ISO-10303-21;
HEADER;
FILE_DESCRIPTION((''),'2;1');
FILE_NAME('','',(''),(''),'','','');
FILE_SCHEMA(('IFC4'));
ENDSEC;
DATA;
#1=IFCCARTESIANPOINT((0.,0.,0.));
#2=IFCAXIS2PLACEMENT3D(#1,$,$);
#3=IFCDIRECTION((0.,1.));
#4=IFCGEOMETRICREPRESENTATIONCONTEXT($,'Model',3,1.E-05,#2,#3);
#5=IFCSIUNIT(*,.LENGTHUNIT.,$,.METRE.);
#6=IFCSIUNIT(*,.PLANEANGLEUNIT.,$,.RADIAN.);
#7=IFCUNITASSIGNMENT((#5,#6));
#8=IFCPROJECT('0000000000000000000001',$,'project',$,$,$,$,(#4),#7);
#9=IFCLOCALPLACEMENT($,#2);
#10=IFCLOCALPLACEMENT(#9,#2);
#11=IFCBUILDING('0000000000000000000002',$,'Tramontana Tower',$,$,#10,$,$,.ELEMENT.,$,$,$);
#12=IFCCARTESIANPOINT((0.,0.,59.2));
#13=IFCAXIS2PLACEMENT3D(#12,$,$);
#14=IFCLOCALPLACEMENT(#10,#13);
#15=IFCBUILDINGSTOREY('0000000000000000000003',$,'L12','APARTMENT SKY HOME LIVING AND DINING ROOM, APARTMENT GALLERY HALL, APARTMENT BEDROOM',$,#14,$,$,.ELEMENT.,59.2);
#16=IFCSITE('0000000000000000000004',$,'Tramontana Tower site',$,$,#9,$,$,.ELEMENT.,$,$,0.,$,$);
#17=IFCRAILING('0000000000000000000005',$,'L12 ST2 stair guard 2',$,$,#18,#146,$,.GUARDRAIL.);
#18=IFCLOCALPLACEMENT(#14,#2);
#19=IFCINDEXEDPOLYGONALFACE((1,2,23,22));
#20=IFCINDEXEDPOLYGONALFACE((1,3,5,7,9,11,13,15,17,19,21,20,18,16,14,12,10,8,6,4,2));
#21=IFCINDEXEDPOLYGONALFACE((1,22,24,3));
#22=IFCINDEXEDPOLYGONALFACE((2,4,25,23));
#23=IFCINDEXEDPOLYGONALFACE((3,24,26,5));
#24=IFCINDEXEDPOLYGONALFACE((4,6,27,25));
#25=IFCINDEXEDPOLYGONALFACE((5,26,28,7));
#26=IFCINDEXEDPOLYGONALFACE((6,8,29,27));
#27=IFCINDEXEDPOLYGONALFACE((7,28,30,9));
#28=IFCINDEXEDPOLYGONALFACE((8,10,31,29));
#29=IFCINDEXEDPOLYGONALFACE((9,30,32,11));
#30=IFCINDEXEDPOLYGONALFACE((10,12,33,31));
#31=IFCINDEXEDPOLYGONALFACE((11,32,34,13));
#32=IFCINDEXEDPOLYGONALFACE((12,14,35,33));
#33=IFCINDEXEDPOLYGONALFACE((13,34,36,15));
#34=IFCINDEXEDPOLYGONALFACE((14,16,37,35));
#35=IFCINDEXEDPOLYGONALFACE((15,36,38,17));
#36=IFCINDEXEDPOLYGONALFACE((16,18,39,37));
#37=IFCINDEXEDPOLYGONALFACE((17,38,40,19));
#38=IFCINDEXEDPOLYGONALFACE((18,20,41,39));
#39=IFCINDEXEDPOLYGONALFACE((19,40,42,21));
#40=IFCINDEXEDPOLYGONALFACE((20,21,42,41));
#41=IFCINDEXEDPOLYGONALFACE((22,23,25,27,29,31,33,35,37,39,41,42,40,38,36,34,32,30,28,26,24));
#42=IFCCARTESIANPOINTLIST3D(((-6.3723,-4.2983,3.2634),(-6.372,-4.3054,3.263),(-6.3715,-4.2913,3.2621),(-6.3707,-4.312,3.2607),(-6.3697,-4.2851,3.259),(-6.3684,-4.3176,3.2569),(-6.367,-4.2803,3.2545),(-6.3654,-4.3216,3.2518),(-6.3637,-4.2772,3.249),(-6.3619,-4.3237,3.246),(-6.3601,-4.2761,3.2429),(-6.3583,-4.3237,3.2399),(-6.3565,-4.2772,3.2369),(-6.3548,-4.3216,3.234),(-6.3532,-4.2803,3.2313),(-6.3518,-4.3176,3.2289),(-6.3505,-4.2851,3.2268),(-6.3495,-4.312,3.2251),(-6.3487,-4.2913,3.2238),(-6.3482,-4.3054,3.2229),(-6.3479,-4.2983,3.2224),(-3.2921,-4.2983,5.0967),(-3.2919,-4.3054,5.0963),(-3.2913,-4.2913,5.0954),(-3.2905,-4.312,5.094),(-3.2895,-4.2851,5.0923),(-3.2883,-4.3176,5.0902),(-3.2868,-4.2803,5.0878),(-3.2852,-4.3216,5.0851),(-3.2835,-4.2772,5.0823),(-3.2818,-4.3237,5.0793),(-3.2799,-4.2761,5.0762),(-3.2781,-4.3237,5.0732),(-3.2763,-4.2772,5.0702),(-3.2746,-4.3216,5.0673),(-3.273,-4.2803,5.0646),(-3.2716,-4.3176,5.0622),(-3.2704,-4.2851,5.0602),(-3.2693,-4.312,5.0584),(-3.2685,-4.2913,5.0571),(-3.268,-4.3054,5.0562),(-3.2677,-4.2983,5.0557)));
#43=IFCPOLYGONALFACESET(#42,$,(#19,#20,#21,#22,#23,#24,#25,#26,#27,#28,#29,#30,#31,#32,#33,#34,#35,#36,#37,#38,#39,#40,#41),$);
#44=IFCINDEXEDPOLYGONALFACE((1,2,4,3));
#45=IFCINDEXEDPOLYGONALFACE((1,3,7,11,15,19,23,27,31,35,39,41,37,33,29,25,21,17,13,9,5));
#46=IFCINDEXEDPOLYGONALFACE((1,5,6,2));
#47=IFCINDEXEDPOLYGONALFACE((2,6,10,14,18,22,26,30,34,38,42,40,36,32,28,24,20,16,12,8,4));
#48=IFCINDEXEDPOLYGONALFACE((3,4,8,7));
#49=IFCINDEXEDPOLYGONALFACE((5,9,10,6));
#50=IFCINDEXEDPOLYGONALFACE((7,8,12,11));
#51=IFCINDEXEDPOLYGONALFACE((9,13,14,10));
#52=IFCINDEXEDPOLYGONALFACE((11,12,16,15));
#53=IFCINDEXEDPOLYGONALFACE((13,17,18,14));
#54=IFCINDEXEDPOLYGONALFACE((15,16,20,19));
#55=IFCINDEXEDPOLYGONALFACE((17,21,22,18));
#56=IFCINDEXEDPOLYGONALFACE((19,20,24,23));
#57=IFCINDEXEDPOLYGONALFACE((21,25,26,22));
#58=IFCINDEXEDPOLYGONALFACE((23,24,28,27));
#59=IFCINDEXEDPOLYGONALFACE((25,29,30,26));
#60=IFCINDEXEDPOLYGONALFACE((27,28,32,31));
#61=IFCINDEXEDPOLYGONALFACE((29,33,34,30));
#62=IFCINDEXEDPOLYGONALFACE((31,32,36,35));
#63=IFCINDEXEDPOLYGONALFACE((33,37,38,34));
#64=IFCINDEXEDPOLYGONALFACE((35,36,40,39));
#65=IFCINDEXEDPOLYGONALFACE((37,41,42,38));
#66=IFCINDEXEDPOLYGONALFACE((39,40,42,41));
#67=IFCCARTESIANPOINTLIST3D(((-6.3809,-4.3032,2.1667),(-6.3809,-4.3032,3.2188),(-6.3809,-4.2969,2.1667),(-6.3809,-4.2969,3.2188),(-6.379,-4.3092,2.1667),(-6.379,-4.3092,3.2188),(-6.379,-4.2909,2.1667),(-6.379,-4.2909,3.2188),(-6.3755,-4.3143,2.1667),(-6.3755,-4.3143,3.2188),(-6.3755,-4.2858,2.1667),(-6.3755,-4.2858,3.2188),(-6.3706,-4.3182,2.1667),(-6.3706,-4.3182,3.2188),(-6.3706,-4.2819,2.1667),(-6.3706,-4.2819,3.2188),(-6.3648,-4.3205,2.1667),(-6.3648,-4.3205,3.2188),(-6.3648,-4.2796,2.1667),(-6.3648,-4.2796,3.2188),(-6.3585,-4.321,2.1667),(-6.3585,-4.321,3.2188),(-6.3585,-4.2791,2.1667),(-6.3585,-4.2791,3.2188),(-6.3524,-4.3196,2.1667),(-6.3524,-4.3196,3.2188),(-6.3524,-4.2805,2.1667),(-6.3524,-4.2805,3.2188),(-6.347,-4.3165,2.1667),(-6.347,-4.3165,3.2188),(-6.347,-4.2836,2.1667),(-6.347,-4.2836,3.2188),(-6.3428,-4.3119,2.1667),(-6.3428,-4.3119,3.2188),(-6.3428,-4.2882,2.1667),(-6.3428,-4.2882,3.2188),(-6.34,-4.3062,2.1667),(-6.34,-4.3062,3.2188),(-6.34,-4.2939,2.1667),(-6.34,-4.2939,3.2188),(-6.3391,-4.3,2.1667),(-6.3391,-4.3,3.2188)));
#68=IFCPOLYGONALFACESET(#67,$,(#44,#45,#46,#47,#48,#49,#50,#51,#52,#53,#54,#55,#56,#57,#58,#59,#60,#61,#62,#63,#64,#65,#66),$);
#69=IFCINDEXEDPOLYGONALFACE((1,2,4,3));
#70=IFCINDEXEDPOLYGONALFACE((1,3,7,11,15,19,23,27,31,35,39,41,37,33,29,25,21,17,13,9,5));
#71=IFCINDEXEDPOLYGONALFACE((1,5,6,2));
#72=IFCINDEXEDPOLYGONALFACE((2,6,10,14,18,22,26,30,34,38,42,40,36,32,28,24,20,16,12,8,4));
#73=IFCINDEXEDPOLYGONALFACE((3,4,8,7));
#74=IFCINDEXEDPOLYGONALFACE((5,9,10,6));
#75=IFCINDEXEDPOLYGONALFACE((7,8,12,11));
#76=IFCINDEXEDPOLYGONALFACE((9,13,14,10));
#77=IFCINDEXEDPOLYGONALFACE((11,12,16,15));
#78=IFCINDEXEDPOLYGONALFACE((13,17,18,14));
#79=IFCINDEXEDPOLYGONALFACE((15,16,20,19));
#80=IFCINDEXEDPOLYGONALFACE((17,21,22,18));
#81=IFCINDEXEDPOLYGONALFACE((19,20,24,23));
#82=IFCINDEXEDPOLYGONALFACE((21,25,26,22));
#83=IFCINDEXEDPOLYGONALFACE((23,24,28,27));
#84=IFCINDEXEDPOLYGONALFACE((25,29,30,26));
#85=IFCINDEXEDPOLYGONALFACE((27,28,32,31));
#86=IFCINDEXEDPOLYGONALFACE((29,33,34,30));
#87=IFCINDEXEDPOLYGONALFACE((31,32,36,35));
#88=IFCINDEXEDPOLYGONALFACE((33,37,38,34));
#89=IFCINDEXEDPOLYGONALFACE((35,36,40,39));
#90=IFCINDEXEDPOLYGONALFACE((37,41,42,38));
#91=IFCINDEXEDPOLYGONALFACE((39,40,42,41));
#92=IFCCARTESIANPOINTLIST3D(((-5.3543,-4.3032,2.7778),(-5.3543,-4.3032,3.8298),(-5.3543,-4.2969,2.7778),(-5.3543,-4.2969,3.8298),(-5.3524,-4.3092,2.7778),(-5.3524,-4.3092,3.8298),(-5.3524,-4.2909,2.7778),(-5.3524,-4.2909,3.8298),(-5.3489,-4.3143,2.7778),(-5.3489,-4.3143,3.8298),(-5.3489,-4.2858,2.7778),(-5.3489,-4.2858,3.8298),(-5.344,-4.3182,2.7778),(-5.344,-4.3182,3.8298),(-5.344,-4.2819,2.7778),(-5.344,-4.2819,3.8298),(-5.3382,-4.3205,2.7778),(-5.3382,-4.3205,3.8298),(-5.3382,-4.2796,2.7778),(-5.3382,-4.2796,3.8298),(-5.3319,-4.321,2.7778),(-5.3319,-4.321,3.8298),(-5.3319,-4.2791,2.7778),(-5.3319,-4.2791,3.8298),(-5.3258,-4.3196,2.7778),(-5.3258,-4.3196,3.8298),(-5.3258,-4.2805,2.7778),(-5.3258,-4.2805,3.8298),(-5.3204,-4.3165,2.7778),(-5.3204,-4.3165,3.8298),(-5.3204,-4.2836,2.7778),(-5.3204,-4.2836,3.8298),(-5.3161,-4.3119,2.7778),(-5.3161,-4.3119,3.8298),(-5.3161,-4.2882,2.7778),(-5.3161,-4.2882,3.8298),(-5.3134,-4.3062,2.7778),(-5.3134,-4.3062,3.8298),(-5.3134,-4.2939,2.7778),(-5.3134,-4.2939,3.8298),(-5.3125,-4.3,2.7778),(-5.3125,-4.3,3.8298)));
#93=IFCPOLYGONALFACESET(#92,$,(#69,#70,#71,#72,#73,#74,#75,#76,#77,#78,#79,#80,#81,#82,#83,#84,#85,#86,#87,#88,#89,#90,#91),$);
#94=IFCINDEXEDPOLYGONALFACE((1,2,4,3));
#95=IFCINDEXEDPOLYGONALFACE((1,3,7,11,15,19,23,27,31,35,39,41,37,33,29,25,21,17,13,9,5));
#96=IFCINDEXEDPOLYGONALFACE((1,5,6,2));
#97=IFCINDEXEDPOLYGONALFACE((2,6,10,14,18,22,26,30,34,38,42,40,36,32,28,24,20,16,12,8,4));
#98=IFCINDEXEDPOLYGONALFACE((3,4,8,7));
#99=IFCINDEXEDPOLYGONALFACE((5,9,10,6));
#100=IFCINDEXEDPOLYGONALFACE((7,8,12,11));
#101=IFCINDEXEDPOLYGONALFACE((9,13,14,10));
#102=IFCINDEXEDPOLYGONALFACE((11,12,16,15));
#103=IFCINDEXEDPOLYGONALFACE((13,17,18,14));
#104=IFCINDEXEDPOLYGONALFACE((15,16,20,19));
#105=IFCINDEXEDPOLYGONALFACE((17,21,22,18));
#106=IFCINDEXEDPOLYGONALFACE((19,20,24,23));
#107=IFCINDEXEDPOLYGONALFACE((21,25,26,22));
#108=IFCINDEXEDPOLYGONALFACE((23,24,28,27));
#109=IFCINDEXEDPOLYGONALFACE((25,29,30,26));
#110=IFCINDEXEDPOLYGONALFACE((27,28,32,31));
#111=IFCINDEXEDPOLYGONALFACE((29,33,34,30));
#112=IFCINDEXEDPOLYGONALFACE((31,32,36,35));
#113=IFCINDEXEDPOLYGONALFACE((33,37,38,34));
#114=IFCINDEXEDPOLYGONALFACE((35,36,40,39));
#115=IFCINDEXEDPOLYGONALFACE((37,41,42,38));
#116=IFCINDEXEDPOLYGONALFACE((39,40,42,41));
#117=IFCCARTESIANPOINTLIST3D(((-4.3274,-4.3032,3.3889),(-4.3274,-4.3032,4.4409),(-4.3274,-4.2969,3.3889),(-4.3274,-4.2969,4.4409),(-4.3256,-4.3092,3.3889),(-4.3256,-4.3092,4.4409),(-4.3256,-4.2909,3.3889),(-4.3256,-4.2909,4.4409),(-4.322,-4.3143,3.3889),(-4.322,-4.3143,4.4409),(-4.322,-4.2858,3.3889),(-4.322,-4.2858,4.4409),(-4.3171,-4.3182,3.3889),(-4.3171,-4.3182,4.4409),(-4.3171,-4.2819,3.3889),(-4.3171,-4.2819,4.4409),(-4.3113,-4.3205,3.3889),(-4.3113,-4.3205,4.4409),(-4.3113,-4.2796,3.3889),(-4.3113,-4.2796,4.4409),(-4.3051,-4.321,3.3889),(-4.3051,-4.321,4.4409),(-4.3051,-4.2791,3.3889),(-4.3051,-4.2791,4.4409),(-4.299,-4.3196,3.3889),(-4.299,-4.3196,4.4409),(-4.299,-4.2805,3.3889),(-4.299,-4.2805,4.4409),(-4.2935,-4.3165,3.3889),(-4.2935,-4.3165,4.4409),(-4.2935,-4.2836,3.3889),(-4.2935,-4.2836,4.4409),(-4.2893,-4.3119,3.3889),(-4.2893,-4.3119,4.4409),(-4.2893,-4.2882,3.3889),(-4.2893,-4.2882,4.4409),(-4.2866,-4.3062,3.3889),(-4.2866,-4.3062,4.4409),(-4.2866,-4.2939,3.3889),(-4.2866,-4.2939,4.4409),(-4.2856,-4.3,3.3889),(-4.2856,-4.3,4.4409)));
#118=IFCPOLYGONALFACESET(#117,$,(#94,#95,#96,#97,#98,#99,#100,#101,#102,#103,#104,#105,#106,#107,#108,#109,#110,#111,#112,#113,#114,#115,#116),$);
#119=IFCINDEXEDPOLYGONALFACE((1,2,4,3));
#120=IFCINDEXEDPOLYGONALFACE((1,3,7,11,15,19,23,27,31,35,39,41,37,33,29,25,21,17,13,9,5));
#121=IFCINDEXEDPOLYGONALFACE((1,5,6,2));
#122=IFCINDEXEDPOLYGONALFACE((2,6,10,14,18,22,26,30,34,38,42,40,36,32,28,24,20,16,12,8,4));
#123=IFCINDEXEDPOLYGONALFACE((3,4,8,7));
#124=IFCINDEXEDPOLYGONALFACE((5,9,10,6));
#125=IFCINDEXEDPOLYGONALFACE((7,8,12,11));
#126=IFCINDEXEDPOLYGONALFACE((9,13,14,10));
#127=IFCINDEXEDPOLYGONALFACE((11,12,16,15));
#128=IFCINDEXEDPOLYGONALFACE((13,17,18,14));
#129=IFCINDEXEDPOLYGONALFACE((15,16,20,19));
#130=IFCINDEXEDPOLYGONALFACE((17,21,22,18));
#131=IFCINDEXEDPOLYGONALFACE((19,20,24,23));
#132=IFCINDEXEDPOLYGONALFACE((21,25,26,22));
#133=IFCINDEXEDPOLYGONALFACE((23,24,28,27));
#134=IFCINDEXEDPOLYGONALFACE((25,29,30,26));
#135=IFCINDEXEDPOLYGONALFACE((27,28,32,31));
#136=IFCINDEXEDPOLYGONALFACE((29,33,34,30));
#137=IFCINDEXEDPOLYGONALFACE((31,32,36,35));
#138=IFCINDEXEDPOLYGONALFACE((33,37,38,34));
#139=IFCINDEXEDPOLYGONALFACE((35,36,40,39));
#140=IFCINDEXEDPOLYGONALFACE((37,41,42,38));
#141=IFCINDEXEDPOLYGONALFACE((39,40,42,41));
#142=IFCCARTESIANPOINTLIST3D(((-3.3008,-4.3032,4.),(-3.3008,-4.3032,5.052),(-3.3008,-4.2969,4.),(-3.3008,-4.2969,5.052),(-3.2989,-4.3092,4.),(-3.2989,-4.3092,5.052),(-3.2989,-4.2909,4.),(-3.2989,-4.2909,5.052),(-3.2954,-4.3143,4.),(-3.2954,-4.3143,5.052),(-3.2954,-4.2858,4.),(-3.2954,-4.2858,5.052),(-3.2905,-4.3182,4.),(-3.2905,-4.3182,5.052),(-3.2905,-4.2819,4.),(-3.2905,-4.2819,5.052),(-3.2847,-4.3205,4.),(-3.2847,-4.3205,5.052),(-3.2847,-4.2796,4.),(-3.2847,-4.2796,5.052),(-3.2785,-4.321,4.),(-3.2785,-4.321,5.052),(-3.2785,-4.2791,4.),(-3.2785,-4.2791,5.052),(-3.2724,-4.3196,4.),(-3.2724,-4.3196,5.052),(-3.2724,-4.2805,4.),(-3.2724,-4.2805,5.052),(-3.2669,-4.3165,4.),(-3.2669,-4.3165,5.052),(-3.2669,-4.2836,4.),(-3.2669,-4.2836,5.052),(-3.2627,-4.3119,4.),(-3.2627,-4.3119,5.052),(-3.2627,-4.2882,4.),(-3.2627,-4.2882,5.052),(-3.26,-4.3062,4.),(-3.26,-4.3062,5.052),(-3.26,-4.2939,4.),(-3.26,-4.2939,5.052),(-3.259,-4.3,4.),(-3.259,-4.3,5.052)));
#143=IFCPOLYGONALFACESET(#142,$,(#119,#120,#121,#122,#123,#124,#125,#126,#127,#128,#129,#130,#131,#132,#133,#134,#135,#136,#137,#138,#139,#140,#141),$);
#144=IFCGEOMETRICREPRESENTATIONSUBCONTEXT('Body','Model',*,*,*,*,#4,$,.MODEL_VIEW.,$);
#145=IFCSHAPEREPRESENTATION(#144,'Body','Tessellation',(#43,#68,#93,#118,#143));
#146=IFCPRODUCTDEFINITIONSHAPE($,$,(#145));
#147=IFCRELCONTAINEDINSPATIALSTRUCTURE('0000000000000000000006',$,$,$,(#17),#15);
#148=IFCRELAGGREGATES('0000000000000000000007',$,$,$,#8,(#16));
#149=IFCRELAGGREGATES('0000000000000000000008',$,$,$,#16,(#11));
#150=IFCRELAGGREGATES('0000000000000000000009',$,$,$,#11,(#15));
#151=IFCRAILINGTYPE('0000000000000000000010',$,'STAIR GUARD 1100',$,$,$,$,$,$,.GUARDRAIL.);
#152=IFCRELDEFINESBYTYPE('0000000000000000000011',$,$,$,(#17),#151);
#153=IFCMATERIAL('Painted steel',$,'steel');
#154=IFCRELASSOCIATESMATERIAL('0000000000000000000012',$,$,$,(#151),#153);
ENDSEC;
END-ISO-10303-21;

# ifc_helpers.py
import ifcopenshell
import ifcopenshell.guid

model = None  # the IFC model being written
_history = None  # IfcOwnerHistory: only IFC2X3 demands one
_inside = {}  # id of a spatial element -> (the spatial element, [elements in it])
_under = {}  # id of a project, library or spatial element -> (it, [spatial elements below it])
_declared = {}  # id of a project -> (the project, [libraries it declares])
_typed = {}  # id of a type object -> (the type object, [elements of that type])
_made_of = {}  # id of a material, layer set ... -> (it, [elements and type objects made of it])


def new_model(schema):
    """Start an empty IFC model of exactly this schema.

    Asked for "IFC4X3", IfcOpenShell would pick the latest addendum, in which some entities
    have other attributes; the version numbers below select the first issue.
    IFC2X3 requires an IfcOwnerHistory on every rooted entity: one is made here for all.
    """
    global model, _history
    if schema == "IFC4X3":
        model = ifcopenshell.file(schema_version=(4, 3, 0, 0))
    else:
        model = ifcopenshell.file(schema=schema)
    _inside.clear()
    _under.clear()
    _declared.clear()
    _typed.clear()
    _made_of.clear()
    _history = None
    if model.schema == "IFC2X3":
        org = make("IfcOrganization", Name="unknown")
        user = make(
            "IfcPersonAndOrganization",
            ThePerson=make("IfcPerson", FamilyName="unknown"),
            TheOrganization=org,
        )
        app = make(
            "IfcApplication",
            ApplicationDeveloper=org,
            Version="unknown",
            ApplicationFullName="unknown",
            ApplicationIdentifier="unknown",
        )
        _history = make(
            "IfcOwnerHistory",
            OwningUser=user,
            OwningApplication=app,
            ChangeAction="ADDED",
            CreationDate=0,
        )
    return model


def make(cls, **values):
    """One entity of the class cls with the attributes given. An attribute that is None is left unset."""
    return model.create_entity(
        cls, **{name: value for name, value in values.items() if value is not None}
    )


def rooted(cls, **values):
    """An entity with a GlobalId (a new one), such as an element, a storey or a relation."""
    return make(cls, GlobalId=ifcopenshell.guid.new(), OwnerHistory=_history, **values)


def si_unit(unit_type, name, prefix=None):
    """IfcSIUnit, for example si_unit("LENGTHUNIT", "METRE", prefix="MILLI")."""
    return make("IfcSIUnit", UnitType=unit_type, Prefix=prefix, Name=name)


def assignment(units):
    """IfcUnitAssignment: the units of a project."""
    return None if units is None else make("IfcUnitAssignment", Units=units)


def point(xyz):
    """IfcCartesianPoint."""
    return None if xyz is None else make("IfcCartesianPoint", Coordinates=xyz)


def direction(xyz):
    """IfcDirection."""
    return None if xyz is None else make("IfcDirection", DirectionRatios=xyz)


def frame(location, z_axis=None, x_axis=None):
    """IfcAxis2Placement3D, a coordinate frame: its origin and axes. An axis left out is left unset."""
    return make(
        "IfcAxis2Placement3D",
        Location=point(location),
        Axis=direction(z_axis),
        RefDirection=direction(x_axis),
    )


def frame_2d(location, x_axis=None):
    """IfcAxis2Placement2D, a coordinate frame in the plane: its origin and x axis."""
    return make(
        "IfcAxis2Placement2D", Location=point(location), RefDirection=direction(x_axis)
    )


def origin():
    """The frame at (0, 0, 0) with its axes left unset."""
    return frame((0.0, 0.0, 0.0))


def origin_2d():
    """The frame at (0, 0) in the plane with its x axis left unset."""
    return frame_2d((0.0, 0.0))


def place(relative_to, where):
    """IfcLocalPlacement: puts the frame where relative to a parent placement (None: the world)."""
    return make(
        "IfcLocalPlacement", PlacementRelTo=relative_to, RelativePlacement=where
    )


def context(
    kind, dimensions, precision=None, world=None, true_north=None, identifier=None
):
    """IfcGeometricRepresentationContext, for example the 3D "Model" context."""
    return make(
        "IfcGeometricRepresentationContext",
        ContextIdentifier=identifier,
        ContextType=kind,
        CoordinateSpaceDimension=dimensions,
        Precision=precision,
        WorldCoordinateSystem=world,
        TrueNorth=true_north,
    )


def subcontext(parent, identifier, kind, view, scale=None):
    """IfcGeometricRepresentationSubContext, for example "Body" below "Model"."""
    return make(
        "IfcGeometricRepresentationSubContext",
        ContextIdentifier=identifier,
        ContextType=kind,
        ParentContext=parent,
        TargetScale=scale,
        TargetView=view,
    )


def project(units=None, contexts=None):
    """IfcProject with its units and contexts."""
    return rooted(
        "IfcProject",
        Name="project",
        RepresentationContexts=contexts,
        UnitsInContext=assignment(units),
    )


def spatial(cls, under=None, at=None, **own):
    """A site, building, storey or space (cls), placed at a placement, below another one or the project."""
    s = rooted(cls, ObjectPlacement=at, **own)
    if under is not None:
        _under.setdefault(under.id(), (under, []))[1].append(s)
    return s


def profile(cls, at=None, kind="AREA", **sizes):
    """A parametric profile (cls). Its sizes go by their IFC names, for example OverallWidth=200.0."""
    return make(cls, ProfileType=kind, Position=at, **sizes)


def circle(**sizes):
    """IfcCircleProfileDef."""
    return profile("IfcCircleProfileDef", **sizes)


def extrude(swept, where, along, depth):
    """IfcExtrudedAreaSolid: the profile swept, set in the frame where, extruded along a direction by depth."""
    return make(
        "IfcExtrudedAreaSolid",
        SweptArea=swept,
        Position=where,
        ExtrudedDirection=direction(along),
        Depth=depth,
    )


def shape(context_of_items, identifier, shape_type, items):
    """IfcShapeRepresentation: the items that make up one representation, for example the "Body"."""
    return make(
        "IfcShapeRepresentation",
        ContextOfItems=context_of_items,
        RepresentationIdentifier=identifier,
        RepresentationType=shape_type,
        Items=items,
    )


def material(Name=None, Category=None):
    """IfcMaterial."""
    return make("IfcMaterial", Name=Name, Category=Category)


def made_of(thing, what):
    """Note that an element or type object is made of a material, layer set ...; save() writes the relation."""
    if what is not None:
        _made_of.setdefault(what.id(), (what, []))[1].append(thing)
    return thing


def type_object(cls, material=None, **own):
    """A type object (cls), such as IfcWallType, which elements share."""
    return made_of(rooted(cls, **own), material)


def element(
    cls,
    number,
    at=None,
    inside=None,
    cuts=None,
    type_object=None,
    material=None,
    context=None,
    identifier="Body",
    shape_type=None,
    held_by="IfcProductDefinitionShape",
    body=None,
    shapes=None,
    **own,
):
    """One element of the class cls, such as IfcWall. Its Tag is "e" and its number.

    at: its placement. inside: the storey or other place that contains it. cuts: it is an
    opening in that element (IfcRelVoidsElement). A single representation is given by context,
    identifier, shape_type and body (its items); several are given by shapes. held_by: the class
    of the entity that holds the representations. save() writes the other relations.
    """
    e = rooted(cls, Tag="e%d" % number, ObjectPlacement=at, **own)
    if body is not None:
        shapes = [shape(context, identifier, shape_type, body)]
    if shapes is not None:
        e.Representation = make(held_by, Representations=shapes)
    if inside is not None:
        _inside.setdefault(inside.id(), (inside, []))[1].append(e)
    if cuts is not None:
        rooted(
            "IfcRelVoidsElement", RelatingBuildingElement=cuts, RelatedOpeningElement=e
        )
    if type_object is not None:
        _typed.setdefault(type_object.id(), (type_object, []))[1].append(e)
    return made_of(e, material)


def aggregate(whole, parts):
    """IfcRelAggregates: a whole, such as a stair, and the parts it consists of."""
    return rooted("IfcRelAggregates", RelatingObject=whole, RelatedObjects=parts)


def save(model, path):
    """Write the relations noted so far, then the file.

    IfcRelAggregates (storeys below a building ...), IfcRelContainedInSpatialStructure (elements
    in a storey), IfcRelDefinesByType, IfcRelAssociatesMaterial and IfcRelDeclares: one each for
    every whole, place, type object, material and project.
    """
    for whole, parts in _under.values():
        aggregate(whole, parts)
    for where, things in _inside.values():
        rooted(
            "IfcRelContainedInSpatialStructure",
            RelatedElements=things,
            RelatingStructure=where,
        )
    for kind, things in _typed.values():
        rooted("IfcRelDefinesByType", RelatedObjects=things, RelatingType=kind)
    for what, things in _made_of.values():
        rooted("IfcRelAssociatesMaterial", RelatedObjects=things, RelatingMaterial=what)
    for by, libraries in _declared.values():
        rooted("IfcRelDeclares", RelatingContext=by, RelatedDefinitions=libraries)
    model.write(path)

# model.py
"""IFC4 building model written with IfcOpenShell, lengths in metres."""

from ifc_helpers import new_model, si_unit, direction, frame, origin, origin_2d, place, context, subcontext, project, spatial, circle, extrude, material, type_object, element, save


model = new_model("IFC4")

# Units and contexts
model_context = context("Model", 3, precision=1e-05, world=origin(), true_north=direction((0.0, 1.0)))
body_context = subcontext(model_context, "Body", "Model", "MODEL_VIEW")
ifc_project = project(units=[si_unit("LENGTHUNIT", "METRE"), si_unit("PLANEANGLEUNIT", "RADIAN")], contexts=[model_context])

# Site, building, storey
site_placement = place(None, origin())
site = spatial("IfcSite", under=ifc_project, at=site_placement, Name="Tramontana Tower site", CompositionType="ELEMENT", RefElevation=0.0)
building_placement = place(site_placement, origin())
building = spatial("IfcBuilding", under=site, at=building_placement, Name="Tramontana Tower", CompositionType="ELEMENT")
storey_placement = place(building_placement, frame((0.0, 0.0, 59.2)))
storey = spatial("IfcBuildingStorey", under=building, at=storey_placement, Name="L12", Description="APARTMENT SKY HOME LIVING AND DINING ROOM, APARTMENT GALLERY HALL, APARTMENT BEDROOM", CompositionType="ELEMENT", Elevation=59.2)

# Railing
ifc_material_1 = material(Name="Painted steel", Category="steel")
railing_type_1 = type_object("IfcRailingType", Name="STAIR GUARD 1100", PredefinedType="GUARDRAIL", material=ifc_material_1)
railing_1_placement = place(storey_placement, frame((-6.3601, -4.3, 2.1667)))
element("IfcRailing", 1, at=railing_1_placement, inside=storey, type_object=railing_type_1, Name="L12 ST2 stair guard 2", PredefinedType="GUARDRAIL", context=body_context, shape_type="SweptSolid", body=[
    extrude(circle(Radius=0.0239, at=origin_2d()), frame((0.0, 0.0, 1.0762), z_axis=(0.859309, 0.0, 0.511458), x_axis=(0.0, 1.0, 0.0)), (0.0, 0.0, 1.0), 3.5845),
    extrude(circle(Radius=0.021, at=origin_2d()), origin(), (0.0, 0.0, 1.0), 1.052),
    extrude(circle(Radius=0.021, at=origin_2d()), frame((1.0266, 0.0, 0.6111)), (0.0, 0.0, 1.0), 1.052),
    extrude(circle(Radius=0.021, at=origin_2d()), frame((2.0535, 0.0, 1.2222)), (0.0, 0.0, 1.0), 1.052),
    extrude(circle(Radius=0.021, at=origin_2d()), frame((3.0801, 0.0, 1.8333)), (0.0, 0.0, 1.0), 1.052),
])

save(model, "model.ifc")
